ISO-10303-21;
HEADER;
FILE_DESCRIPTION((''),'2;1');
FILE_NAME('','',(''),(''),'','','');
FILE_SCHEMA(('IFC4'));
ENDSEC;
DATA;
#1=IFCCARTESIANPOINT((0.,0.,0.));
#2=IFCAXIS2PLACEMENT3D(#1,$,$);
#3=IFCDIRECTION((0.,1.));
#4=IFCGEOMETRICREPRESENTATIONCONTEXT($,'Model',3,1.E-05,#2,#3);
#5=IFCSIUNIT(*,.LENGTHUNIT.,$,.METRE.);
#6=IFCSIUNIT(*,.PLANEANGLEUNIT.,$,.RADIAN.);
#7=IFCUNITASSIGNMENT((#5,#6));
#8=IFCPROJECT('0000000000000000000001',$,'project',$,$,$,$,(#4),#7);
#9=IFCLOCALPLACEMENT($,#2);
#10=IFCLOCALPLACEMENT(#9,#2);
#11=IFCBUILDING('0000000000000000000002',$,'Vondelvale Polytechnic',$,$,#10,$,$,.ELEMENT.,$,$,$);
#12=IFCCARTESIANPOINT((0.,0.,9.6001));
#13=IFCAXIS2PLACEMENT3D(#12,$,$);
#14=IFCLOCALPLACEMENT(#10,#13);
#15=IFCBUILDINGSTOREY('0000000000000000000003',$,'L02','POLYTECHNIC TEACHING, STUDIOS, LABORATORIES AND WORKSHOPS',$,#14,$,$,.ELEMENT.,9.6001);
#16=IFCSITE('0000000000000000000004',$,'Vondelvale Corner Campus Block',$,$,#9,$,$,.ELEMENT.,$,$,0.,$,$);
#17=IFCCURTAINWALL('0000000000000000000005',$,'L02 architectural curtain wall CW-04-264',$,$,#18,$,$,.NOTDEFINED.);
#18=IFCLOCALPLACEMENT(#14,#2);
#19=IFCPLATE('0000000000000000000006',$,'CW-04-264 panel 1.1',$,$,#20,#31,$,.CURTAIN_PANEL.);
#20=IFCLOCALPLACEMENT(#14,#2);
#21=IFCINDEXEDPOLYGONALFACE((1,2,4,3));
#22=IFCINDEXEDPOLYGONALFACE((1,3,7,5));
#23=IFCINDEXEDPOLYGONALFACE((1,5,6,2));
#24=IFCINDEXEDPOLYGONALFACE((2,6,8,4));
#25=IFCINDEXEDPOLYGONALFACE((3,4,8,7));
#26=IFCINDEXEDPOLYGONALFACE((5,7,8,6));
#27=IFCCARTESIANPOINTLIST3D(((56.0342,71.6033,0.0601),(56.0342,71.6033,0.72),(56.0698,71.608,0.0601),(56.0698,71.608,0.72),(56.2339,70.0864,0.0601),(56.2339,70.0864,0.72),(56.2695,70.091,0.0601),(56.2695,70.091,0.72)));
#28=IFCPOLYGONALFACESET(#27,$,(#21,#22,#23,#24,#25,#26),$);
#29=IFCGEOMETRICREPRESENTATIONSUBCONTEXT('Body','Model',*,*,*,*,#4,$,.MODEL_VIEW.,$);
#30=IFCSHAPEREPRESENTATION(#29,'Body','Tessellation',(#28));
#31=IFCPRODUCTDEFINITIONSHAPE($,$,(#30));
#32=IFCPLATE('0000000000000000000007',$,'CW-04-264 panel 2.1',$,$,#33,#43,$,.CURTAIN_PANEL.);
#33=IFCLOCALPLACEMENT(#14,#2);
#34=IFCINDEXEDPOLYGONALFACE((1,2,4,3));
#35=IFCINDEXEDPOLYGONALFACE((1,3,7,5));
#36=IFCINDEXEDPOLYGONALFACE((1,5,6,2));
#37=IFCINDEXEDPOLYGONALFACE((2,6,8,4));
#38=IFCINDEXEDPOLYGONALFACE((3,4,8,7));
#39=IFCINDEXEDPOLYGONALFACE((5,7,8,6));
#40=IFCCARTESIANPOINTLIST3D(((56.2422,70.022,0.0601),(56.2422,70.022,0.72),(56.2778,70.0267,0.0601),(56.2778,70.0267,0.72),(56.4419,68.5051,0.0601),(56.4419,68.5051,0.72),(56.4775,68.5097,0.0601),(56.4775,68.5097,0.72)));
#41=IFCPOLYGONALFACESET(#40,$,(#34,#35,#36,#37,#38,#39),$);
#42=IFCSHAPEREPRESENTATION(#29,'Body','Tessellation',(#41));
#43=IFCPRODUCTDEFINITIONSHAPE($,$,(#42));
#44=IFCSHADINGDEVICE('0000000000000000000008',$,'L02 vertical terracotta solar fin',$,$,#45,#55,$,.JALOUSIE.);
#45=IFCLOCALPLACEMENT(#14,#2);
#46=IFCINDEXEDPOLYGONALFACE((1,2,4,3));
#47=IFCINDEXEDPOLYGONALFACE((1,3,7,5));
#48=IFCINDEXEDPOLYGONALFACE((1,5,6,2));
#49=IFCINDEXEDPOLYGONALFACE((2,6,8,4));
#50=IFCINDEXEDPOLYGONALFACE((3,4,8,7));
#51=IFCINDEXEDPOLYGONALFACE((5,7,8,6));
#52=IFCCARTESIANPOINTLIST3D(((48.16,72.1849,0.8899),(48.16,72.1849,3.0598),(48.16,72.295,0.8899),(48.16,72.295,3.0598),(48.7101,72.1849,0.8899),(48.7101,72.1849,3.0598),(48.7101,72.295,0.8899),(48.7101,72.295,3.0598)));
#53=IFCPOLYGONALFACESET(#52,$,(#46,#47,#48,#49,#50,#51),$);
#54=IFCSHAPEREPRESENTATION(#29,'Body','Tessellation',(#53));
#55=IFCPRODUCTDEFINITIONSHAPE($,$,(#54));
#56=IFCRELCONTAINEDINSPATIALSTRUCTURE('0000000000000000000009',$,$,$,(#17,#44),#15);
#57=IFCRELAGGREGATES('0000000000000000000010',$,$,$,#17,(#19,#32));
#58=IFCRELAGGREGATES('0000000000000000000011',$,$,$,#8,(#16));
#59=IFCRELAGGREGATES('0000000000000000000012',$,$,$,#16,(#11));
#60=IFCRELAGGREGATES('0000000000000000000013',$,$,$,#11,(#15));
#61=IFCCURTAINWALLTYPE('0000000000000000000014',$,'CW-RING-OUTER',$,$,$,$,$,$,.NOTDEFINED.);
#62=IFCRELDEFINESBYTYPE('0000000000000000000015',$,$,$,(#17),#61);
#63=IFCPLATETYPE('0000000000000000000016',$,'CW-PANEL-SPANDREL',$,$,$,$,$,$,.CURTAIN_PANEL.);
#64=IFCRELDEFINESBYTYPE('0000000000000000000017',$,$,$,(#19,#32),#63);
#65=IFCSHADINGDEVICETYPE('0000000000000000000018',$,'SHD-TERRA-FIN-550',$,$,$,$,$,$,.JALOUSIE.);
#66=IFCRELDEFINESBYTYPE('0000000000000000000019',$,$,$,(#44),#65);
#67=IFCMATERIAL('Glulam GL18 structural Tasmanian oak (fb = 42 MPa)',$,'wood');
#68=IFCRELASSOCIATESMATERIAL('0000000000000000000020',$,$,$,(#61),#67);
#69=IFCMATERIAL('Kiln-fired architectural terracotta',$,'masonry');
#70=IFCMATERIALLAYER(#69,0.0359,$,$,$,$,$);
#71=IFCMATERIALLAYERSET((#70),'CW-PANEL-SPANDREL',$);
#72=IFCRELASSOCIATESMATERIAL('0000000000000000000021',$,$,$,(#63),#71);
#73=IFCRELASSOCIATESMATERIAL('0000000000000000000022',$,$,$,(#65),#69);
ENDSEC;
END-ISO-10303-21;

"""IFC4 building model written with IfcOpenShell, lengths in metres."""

from ifc_helpers import new_model, si_unit, direction, frame, origin, origin_2d, place, context, subcontext, project, spatial, rectangle, extrude, material, layer, layer_set, type_object, element, aggregate, save


model = new_model("IFC4")

# Units and contexts
model_context = context("Model", 3, precision=1e-05, world=origin(), true_north=direction((0.0, 1.0)))
body_context = subcontext(model_context, "Body", "Model", "MODEL_VIEW")
ifc_project = project(units=[si_unit("LENGTHUNIT", "METRE"), si_unit("PLANEANGLEUNIT", "RADIAN")], contexts=[model_context])

# Site, building, storey
site_placement = place(None, origin())
site = spatial("IfcSite", under=ifc_project, at=site_placement, Name="Vondelvale Corner Campus Block", CompositionType="ELEMENT", RefElevation=0.0)
building_placement = place(site_placement, origin())
building = spatial("IfcBuilding", under=site, at=building_placement, Name="Vondelvale Polytechnic", CompositionType="ELEMENT")
storey_placement = place(building_placement, frame((0.0, 0.0, 9.6001)))
storey = spatial("IfcBuildingStorey", under=building, at=storey_placement, Name="L02", Description="POLYTECHNIC TEACHING, STUDIOS, LABORATORIES AND WORKSHOPS", CompositionType="ELEMENT", Elevation=9.6001)

# Curtain wall
ifc_material_1 = material(Name="Glulam GL18 structural Tasmanian oak (fb = 42 MPa)", Category="wood")
curtain_wall_type = type_object("IfcCurtainWallType", Name="CW-RING-OUTER", PredefinedType="NOTDEFINED", material=ifc_material_1)
curtain_wall_1_placement = place(storey_placement, origin())
curtain_wall_1 = element("IfcCurtainWall", 1, at=curtain_wall_1_placement, inside=storey, type_object=curtain_wall_type, Name="L02 architectural curtain wall CW-04-264", PredefinedType="NOTDEFINED")

# Plates
ifc_material_2 = material(Name="Kiln-fired architectural terracotta", Category="masonry")
ifc_layer_1 = layer(ifc_material_2, 0.0359)
ifc_layer_set_1 = layer_set([ifc_layer_1], Name="CW-PANEL-SPANDREL")
plate_type_1 = type_object("IfcPlateType", Name="CW-PANEL-SPANDREL", PredefinedType="CURTAIN_PANEL", material=ifc_layer_set_1)
plate_1_placement = place(storey_placement, frame((56.1519, 70.8472, 0.0601), z_axis=(0.0, 0.0, 1.0), x_axis=(0.13054, -0.991443, 0.0)))
plate_1 = element("IfcPlate", 2, at=plate_1_placement, type_object=plate_type_1, Name="CW-04-264 panel 1.1", PredefinedType="CURTAIN_PANEL", context=body_context, shape_type="SweptSolid", body=[
    extrude(rectangle(XDim=1.53, YDim=0.0359, at=origin_2d()), origin(), (0.0, 0.0, 1.0), 0.6599),
])
plate_2_placement = place(storey_placement, frame((56.3599, 69.2659, 0.0601), z_axis=(0.0, 0.0, 1.0), x_axis=(0.13054, -0.991443, 0.0)))
plate_2 = element("IfcPlate", 3, at=plate_2_placement, type_object=plate_type_1, Name="CW-04-264 panel 2.1", PredefinedType="CURTAIN_PANEL", context=body_context, shape_type="SweptSolid", body=[
    extrude(rectangle(XDim=1.53, YDim=0.0359, at=origin_2d()), origin(), (0.0, 0.0, 1.0), 0.6599),
])
aggregate(curtain_wall_1, [plate_1, plate_2])

# Shading device
shading_device_type = type_object("IfcShadingDeviceType", Name="SHD-TERRA-FIN-550", PredefinedType="JALOUSIE", material=ifc_material_2)
shading_device_placement = place(storey_placement, frame((48.4351, 72.24, 0.8899), z_axis=(0.0, 0.0, 1.0), x_axis=(0.0, -1.0, 0.0)))
element("IfcShadingDevice", 4, at=shading_device_placement, inside=storey, type_object=shading_device_type, Name="L02 vertical terracotta solar fin", PredefinedType="JALOUSIE", context=body_context, shape_type="SweptSolid", body=[
    extrude(rectangle(XDim=0.1101, YDim=0.55, at=origin_2d()), origin(), (0.0, 0.0, 1.0), 2.1699),
])

save(model, "model.ifc")
